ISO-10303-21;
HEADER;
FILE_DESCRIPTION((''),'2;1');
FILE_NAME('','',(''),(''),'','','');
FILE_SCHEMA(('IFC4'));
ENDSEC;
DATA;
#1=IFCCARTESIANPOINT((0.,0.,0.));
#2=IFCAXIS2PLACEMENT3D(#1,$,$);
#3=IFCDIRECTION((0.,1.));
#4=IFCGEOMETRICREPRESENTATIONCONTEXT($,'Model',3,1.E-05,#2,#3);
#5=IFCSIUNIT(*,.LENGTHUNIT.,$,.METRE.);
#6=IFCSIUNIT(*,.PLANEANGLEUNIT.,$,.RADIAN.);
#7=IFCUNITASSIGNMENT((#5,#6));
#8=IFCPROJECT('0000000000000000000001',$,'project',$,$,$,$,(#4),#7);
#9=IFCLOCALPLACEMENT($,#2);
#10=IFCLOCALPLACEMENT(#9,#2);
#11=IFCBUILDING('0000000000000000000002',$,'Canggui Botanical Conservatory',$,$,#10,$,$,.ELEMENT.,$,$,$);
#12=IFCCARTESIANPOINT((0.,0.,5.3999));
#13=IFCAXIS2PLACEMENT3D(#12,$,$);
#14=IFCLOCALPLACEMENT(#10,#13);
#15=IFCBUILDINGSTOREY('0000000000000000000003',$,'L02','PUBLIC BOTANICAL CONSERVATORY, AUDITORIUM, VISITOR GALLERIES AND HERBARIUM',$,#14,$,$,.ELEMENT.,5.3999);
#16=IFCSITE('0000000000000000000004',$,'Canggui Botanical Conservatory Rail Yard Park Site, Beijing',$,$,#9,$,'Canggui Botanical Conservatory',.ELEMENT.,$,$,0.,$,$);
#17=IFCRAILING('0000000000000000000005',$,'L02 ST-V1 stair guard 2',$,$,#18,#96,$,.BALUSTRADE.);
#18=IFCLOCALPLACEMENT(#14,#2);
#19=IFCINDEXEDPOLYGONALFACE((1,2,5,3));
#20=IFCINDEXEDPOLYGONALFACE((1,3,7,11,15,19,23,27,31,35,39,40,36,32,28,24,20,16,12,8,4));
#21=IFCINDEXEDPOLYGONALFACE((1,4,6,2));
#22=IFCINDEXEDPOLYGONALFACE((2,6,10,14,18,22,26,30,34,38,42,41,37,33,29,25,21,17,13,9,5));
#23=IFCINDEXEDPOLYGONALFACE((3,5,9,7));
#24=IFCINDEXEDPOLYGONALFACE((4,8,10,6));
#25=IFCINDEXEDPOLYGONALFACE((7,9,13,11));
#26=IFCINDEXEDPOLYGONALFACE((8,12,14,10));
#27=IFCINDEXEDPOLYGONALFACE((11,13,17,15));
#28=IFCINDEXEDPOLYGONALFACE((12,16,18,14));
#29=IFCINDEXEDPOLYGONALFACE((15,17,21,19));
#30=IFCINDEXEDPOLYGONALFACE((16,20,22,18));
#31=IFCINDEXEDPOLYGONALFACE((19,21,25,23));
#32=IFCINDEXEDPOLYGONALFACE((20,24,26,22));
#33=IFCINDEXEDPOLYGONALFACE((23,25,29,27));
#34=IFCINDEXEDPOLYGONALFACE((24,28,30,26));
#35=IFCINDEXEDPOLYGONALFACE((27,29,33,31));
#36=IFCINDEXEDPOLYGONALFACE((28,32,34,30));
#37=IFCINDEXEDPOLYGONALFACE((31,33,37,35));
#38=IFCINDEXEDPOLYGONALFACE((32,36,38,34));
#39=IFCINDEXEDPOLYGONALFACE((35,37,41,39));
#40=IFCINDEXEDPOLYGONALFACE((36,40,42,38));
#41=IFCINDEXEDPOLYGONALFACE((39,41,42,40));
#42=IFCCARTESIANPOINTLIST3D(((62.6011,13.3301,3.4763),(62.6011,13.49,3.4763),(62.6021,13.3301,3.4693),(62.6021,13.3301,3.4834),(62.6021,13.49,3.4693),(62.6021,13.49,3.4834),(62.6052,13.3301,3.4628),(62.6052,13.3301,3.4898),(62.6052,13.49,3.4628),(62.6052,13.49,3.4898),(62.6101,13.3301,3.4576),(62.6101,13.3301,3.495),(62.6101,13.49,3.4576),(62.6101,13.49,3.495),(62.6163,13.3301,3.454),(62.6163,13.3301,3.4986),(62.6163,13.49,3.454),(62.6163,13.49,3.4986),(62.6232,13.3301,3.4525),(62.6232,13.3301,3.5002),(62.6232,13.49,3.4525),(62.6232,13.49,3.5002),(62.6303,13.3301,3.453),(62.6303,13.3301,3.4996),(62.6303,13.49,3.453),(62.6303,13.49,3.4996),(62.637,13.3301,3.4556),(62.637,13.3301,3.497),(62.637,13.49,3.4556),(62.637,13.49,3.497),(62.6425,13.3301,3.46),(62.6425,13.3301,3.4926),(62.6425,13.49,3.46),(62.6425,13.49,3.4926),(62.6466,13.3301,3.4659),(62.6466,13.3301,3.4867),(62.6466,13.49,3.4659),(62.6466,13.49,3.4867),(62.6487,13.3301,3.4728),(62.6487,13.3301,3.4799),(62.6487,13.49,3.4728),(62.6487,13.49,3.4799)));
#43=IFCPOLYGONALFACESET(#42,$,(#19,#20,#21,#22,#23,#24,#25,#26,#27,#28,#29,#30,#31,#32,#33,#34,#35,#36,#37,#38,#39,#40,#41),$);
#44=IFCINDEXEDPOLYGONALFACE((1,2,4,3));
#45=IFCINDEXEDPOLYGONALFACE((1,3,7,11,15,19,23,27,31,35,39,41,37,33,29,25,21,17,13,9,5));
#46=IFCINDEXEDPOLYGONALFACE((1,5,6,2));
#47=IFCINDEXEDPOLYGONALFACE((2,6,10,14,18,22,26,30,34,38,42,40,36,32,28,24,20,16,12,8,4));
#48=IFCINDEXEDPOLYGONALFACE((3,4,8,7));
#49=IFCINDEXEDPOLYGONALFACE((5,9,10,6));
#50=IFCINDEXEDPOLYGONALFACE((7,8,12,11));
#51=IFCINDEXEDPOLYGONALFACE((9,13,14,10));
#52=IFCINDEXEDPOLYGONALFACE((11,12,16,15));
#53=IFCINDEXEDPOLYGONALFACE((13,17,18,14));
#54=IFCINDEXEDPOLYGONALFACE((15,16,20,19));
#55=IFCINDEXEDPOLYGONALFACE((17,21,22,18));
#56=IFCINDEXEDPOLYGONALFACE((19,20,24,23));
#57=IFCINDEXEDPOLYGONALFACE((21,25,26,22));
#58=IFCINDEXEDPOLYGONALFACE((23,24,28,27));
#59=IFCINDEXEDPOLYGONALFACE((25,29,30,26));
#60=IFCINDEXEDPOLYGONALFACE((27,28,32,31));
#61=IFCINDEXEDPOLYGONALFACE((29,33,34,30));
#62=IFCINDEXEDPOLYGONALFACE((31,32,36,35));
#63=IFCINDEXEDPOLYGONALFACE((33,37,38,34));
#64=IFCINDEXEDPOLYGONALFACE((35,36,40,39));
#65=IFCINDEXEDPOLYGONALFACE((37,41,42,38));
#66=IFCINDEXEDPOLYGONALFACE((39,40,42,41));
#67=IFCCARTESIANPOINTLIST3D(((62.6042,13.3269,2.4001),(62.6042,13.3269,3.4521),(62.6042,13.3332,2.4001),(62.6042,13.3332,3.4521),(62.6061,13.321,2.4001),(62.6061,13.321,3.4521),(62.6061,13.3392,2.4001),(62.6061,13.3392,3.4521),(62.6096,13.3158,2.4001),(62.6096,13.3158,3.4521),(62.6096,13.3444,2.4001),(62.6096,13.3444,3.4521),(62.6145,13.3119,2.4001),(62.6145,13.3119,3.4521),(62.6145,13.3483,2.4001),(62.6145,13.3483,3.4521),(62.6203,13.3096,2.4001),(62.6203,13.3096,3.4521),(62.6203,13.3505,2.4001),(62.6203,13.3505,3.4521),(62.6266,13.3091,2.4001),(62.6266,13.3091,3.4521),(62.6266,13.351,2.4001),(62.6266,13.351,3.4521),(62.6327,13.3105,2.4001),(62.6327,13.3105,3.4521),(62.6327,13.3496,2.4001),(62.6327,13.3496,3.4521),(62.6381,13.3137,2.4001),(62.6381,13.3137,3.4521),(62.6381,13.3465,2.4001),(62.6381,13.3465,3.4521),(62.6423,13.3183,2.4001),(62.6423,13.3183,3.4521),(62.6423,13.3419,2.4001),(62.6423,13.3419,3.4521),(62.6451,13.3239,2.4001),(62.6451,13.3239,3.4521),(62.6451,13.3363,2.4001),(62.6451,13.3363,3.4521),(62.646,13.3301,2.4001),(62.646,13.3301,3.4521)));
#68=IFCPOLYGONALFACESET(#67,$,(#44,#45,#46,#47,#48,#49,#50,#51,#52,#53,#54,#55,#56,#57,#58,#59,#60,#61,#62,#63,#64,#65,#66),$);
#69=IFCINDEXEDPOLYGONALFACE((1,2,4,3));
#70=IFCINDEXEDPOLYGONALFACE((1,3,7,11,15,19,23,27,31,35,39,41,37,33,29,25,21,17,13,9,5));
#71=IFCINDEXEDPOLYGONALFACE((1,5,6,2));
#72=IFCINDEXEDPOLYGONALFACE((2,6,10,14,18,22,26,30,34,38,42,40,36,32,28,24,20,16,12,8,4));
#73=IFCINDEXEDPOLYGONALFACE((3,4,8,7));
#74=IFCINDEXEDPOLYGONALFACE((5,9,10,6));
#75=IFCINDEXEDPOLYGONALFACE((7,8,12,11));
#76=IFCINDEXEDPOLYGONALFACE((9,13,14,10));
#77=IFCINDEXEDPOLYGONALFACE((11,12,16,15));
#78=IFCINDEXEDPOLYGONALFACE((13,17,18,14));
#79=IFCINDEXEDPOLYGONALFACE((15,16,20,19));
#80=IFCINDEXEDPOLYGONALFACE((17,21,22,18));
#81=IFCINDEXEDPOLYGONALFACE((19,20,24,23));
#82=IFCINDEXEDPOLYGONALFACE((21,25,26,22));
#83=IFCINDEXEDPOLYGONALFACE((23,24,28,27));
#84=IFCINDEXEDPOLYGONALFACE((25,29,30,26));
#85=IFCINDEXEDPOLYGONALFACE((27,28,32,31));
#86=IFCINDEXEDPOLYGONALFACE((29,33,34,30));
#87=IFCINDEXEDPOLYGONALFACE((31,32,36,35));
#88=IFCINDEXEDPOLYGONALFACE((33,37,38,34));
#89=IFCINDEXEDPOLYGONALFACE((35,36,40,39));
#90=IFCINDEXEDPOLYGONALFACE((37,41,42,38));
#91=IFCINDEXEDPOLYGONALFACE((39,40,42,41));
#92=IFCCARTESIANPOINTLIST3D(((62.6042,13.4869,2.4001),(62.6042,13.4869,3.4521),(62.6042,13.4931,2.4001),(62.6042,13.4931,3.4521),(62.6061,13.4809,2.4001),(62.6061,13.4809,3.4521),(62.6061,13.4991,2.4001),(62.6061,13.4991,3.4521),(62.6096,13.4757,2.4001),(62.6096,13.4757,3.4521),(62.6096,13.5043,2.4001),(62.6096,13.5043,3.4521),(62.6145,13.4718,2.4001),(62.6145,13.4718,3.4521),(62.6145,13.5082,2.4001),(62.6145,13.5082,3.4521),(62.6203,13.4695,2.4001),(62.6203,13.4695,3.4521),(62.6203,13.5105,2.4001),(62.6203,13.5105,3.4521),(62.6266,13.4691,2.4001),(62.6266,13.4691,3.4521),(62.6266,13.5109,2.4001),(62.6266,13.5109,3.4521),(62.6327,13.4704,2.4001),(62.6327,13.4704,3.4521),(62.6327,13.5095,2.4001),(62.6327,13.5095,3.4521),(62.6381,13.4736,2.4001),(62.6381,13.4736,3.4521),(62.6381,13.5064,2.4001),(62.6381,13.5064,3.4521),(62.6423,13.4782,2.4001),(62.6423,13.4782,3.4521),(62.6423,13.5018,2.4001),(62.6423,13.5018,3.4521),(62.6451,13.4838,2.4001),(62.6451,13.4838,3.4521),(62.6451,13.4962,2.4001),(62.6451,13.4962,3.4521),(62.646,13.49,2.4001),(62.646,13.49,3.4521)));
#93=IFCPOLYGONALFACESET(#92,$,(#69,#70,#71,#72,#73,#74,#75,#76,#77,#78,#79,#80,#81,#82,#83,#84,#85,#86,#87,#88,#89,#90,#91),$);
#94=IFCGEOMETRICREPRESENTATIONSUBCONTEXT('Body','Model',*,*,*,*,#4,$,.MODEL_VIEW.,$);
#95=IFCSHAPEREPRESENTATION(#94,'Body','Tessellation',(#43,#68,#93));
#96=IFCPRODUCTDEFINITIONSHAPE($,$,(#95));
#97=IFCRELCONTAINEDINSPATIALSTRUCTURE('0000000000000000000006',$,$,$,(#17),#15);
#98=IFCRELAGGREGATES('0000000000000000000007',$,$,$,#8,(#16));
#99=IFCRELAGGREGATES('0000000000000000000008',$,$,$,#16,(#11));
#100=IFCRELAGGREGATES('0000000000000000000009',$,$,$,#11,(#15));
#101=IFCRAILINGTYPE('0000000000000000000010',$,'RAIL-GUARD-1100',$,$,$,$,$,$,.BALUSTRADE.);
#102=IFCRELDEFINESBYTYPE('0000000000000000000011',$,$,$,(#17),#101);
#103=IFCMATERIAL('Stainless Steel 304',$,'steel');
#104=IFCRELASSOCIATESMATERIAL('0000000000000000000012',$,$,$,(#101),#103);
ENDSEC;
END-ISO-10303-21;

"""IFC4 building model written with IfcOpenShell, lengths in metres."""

from ifc_helpers import new_model, si_unit, direction, frame, origin, origin_2d, place, context, subcontext, project, spatial, circle, extrude, material, type_object, element, save


model = new_model("IFC4")

# Units and contexts
model_context = context("Model", 3, precision=1e-05, world=origin(), true_north=direction((0.0, 1.0)))
body_context = subcontext(model_context, "Body", "Model", "MODEL_VIEW")
ifc_project = project(units=[si_unit("LENGTHUNIT", "METRE"), si_unit("PLANEANGLEUNIT", "RADIAN")], contexts=[model_context])

# Site, building, storey
site_placement = place(None, origin())
site = spatial("IfcSite", under=ifc_project, at=site_placement, Name="Canggui Botanical Conservatory Rail Yard Park Site, Beijing", LongName="Canggui Botanical Conservatory", CompositionType="ELEMENT", RefElevation=0.0)
building_placement = place(site_placement, origin())
building = spatial("IfcBuilding", under=site, at=building_placement, Name="Canggui Botanical Conservatory", CompositionType="ELEMENT")
storey_placement = place(building_placement, frame((0.0, 0.0, 5.3999)))
storey = spatial("IfcBuildingStorey", under=building, at=storey_placement, Name="L02", Description="PUBLIC BOTANICAL CONSERVATORY, AUDITORIUM, VISITOR GALLERIES AND HERBARIUM", CompositionType="ELEMENT", Elevation=5.3999)

# Railing
ifc_material_1 = material(Name="Stainless Steel 304", Category="steel")
railing_type_1 = type_object("IfcRailingType", Name="RAIL-GUARD-1100", PredefinedType="BALUSTRADE", material=ifc_material_1)
railing_1_placement = place(storey_placement, frame((62.625, 13.3301, 2.4001)))
element("IfcRailing", 1, at=railing_1_placement, inside=storey, type_object=railing_type_1, Name="L02 ST-V1 stair guard 2", PredefinedType="BALUSTRADE", context=body_context, shape_type="SweptSolid", body=[
    extrude(circle(Radius=0.0239, at=origin_2d()), frame((0.0, 0.0, 1.0762), z_axis=(0.0, 1.0, 0.0), x_axis=(-1.0, 0.0, 0.0)), (0.0, 0.0, 1.0), 0.1599),
    extrude(circle(Radius=0.021, at=origin_2d()), origin(), (0.0, 0.0, 1.0), 1.052),
    extrude(circle(Radius=0.021, at=origin_2d()), frame((0.0, 0.1599, 0.0)), (0.0, 0.0, 1.0), 1.052),
])

save(model, "model.ifc")
